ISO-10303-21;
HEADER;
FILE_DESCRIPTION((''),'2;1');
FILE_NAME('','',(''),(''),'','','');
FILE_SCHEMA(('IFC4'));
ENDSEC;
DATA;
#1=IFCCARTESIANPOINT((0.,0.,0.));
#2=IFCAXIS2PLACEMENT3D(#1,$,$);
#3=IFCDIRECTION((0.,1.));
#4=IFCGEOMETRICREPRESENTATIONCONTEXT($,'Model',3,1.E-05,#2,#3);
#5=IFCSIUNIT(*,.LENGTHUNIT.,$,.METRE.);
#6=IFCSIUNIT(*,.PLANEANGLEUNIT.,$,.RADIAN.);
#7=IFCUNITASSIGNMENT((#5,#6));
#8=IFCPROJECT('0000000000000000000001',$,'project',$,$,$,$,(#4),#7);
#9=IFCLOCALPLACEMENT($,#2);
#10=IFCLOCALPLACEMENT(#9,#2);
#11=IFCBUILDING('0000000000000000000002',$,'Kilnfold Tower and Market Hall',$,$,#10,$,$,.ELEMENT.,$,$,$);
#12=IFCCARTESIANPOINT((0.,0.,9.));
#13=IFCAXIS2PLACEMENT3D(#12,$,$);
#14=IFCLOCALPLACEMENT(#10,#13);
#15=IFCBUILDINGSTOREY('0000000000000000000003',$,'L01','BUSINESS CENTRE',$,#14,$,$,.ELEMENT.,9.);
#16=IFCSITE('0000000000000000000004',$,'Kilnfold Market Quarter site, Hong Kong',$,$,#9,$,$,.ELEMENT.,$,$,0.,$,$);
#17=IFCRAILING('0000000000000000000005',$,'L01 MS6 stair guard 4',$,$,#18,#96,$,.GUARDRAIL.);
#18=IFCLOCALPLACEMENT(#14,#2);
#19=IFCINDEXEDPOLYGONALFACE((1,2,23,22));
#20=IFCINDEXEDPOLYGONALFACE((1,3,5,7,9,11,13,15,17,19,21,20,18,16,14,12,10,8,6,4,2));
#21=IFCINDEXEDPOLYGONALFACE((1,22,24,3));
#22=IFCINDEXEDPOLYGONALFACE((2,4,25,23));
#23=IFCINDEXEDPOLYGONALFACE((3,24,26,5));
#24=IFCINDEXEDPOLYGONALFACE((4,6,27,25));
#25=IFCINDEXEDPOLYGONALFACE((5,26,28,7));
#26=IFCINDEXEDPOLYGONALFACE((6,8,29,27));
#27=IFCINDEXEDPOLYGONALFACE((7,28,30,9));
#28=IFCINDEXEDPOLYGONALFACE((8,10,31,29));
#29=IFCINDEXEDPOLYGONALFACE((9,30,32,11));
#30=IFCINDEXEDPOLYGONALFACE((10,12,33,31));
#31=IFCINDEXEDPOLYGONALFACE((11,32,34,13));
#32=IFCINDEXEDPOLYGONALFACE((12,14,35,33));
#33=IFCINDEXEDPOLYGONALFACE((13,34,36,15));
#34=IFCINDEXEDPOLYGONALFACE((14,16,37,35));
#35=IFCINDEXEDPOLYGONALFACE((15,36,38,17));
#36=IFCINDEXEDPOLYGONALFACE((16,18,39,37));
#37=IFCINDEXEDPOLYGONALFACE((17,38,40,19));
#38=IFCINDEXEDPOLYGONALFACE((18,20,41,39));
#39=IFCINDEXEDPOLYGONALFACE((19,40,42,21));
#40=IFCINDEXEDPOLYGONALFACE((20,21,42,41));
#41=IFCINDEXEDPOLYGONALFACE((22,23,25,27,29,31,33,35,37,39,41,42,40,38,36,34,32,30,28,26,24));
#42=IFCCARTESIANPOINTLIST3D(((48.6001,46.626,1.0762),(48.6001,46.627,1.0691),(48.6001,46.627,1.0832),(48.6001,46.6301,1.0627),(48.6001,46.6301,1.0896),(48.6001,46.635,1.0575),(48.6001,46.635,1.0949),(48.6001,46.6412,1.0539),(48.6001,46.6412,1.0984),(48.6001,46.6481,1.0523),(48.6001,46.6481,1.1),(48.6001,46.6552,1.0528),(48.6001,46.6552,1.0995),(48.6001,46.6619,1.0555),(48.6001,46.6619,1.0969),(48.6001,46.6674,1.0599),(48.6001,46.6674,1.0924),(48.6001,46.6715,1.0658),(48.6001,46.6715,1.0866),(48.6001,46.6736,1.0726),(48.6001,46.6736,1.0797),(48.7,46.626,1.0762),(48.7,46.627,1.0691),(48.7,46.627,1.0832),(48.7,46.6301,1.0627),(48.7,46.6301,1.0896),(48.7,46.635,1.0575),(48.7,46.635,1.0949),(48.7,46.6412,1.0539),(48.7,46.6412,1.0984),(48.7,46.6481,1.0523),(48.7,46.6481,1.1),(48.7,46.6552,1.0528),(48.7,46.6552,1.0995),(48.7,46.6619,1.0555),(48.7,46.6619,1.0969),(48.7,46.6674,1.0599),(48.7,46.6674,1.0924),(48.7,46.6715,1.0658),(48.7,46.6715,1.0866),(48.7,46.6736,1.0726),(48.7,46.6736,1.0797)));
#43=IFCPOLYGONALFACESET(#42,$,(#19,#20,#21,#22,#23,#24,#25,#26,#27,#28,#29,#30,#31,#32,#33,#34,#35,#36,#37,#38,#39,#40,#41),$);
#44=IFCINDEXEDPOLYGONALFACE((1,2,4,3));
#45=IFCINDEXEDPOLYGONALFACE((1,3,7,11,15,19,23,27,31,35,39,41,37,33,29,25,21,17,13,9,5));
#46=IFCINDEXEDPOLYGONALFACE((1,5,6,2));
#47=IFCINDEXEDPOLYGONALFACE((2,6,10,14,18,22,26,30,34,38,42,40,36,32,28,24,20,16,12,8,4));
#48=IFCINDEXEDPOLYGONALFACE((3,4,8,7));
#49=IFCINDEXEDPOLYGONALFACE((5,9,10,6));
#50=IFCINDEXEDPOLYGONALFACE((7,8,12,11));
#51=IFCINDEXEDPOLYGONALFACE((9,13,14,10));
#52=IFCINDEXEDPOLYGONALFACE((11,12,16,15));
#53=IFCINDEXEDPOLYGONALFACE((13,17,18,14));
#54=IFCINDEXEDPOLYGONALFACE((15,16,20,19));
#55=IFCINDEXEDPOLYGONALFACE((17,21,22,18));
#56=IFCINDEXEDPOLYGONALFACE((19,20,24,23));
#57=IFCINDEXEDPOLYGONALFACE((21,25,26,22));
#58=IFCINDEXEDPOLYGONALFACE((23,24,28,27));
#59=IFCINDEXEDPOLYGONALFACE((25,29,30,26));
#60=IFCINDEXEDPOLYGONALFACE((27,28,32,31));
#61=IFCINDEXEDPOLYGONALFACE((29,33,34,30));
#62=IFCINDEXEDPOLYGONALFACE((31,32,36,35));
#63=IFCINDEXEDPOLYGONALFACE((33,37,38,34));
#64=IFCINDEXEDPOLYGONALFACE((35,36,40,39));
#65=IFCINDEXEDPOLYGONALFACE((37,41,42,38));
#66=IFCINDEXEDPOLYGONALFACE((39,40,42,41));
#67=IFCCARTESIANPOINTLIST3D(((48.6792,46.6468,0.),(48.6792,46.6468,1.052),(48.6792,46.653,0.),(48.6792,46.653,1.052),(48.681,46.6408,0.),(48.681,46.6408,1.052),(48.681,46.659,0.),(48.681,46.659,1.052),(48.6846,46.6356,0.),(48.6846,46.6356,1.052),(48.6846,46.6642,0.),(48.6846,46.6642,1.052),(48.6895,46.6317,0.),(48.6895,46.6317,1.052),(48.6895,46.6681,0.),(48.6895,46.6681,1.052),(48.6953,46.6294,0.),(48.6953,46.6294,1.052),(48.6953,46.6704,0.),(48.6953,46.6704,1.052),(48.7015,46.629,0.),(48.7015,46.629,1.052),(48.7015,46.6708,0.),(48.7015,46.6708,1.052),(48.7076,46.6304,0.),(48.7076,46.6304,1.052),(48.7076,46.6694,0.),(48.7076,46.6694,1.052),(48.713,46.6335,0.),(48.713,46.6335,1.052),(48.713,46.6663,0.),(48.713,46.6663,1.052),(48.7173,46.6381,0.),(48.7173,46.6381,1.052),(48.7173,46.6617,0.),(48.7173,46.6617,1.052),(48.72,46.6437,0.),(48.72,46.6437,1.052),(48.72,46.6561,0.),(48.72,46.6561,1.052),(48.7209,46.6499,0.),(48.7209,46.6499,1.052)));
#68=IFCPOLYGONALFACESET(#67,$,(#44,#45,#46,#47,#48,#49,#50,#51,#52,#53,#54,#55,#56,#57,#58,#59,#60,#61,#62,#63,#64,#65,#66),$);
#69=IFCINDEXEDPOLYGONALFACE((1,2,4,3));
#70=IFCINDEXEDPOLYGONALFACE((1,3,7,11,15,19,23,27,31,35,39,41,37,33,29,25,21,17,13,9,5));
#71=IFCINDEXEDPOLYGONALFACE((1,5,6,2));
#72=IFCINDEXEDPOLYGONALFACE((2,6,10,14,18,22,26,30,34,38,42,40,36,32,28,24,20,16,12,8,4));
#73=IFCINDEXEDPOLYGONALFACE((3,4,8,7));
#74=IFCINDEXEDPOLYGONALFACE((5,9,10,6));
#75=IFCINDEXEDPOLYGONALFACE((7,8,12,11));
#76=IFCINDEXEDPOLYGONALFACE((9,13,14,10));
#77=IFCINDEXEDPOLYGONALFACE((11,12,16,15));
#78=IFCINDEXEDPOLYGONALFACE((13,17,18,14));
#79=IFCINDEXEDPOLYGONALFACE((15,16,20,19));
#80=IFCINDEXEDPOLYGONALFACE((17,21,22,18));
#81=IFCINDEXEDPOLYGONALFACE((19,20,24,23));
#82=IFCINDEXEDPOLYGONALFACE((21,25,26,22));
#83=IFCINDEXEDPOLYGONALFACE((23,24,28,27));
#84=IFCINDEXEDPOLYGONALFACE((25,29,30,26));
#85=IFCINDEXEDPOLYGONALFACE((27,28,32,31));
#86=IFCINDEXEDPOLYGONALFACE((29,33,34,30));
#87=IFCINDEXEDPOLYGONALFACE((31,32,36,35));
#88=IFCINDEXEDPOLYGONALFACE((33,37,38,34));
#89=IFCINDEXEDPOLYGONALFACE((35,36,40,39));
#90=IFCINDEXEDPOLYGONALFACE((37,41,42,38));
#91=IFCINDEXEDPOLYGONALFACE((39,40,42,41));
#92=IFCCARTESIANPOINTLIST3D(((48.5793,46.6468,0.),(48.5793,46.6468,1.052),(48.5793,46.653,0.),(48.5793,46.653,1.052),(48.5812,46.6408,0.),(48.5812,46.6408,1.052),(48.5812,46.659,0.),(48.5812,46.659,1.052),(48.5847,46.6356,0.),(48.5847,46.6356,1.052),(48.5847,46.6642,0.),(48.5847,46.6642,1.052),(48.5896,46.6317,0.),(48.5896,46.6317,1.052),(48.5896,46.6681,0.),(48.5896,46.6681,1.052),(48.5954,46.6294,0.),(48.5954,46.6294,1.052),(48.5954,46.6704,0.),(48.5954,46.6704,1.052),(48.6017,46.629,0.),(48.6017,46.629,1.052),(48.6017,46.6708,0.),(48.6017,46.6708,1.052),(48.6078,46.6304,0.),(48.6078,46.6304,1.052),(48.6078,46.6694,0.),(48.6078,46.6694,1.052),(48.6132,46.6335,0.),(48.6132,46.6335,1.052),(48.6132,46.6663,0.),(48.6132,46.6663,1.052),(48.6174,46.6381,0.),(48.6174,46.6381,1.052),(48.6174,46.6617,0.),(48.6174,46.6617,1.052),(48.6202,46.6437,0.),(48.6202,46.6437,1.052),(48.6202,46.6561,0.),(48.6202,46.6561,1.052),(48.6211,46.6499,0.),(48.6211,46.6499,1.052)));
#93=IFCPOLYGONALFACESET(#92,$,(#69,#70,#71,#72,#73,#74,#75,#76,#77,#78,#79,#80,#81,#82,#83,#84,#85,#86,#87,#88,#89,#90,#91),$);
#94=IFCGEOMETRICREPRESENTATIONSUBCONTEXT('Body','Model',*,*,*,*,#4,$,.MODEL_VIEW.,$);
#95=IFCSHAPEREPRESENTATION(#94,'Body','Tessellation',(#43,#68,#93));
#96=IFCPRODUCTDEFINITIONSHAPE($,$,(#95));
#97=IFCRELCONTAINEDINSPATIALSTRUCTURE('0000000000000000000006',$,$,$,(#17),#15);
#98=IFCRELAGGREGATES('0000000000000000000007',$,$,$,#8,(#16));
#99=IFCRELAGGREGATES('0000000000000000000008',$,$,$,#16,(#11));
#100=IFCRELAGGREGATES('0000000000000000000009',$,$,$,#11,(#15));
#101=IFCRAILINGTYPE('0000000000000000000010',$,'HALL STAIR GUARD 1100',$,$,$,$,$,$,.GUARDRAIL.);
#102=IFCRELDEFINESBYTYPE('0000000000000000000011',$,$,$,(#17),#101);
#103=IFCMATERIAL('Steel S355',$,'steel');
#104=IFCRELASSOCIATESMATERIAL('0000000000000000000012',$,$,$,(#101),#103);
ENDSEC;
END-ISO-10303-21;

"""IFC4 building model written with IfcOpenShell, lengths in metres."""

from ifc_helpers import new_model, si_unit, direction, frame, origin, origin_2d, place, context, subcontext, project, spatial, circle, extrude, material, type_object, element, save


model = new_model("IFC4")

# Units and contexts
model_context = context("Model", 3, precision=1e-05, world=origin(), true_north=direction((0.0, 1.0)))
body_context = subcontext(model_context, "Body", "Model", "MODEL_VIEW")
ifc_project = project(units=[si_unit("LENGTHUNIT", "METRE"), si_unit("PLANEANGLEUNIT", "RADIAN")], contexts=[model_context])

# Site, building, storey
site_placement = place(None, origin())
site = spatial("IfcSite", under=ifc_project, at=site_placement, Name="Kilnfold Market Quarter site, Hong Kong", CompositionType="ELEMENT", RefElevation=0.0)
building_placement = place(site_placement, origin())
building = spatial("IfcBuilding", under=site, at=building_placement, Name="Kilnfold Tower and Market Hall", CompositionType="ELEMENT")
storey_placement = place(building_placement, frame((0.0, 0.0, 9.0)))
storey = spatial("IfcBuildingStorey", under=building, at=storey_placement, Name="L01", Description="BUSINESS CENTRE", CompositionType="ELEMENT", Elevation=9.0)

# Railing
ifc_material_1 = material(Name="Steel S355", Category="steel")
railing_type_1 = type_object("IfcRailingType", Name="HALL STAIR GUARD 1100", PredefinedType="GUARDRAIL", material=ifc_material_1)
railing_1_placement = place(storey_placement, frame((48.7, 46.6499, 0.0)))
element("IfcRailing", 1, at=railing_1_placement, inside=storey, type_object=railing_type_1, Name="L01 MS6 stair guard 4", PredefinedType="GUARDRAIL", context=body_context, shape_type="SweptSolid", body=[
    extrude(circle(Radius=0.0239, at=origin_2d()), frame((0.0, 0.0, 1.0762), z_axis=(-1.0, 0.0, 0.0), x_axis=(0.0, -1.0, 0.0)), (0.0, 0.0, 1.0), 0.0999),
    extrude(circle(Radius=0.021, at=origin_2d()), origin(), (0.0, 0.0, 1.0), 1.052),
    extrude(circle(Radius=0.021, at=origin_2d()), frame((-0.0999, 0.0, 0.0)), (0.0, 0.0, 1.0), 1.052),
])

save(model, "model.ifc")
